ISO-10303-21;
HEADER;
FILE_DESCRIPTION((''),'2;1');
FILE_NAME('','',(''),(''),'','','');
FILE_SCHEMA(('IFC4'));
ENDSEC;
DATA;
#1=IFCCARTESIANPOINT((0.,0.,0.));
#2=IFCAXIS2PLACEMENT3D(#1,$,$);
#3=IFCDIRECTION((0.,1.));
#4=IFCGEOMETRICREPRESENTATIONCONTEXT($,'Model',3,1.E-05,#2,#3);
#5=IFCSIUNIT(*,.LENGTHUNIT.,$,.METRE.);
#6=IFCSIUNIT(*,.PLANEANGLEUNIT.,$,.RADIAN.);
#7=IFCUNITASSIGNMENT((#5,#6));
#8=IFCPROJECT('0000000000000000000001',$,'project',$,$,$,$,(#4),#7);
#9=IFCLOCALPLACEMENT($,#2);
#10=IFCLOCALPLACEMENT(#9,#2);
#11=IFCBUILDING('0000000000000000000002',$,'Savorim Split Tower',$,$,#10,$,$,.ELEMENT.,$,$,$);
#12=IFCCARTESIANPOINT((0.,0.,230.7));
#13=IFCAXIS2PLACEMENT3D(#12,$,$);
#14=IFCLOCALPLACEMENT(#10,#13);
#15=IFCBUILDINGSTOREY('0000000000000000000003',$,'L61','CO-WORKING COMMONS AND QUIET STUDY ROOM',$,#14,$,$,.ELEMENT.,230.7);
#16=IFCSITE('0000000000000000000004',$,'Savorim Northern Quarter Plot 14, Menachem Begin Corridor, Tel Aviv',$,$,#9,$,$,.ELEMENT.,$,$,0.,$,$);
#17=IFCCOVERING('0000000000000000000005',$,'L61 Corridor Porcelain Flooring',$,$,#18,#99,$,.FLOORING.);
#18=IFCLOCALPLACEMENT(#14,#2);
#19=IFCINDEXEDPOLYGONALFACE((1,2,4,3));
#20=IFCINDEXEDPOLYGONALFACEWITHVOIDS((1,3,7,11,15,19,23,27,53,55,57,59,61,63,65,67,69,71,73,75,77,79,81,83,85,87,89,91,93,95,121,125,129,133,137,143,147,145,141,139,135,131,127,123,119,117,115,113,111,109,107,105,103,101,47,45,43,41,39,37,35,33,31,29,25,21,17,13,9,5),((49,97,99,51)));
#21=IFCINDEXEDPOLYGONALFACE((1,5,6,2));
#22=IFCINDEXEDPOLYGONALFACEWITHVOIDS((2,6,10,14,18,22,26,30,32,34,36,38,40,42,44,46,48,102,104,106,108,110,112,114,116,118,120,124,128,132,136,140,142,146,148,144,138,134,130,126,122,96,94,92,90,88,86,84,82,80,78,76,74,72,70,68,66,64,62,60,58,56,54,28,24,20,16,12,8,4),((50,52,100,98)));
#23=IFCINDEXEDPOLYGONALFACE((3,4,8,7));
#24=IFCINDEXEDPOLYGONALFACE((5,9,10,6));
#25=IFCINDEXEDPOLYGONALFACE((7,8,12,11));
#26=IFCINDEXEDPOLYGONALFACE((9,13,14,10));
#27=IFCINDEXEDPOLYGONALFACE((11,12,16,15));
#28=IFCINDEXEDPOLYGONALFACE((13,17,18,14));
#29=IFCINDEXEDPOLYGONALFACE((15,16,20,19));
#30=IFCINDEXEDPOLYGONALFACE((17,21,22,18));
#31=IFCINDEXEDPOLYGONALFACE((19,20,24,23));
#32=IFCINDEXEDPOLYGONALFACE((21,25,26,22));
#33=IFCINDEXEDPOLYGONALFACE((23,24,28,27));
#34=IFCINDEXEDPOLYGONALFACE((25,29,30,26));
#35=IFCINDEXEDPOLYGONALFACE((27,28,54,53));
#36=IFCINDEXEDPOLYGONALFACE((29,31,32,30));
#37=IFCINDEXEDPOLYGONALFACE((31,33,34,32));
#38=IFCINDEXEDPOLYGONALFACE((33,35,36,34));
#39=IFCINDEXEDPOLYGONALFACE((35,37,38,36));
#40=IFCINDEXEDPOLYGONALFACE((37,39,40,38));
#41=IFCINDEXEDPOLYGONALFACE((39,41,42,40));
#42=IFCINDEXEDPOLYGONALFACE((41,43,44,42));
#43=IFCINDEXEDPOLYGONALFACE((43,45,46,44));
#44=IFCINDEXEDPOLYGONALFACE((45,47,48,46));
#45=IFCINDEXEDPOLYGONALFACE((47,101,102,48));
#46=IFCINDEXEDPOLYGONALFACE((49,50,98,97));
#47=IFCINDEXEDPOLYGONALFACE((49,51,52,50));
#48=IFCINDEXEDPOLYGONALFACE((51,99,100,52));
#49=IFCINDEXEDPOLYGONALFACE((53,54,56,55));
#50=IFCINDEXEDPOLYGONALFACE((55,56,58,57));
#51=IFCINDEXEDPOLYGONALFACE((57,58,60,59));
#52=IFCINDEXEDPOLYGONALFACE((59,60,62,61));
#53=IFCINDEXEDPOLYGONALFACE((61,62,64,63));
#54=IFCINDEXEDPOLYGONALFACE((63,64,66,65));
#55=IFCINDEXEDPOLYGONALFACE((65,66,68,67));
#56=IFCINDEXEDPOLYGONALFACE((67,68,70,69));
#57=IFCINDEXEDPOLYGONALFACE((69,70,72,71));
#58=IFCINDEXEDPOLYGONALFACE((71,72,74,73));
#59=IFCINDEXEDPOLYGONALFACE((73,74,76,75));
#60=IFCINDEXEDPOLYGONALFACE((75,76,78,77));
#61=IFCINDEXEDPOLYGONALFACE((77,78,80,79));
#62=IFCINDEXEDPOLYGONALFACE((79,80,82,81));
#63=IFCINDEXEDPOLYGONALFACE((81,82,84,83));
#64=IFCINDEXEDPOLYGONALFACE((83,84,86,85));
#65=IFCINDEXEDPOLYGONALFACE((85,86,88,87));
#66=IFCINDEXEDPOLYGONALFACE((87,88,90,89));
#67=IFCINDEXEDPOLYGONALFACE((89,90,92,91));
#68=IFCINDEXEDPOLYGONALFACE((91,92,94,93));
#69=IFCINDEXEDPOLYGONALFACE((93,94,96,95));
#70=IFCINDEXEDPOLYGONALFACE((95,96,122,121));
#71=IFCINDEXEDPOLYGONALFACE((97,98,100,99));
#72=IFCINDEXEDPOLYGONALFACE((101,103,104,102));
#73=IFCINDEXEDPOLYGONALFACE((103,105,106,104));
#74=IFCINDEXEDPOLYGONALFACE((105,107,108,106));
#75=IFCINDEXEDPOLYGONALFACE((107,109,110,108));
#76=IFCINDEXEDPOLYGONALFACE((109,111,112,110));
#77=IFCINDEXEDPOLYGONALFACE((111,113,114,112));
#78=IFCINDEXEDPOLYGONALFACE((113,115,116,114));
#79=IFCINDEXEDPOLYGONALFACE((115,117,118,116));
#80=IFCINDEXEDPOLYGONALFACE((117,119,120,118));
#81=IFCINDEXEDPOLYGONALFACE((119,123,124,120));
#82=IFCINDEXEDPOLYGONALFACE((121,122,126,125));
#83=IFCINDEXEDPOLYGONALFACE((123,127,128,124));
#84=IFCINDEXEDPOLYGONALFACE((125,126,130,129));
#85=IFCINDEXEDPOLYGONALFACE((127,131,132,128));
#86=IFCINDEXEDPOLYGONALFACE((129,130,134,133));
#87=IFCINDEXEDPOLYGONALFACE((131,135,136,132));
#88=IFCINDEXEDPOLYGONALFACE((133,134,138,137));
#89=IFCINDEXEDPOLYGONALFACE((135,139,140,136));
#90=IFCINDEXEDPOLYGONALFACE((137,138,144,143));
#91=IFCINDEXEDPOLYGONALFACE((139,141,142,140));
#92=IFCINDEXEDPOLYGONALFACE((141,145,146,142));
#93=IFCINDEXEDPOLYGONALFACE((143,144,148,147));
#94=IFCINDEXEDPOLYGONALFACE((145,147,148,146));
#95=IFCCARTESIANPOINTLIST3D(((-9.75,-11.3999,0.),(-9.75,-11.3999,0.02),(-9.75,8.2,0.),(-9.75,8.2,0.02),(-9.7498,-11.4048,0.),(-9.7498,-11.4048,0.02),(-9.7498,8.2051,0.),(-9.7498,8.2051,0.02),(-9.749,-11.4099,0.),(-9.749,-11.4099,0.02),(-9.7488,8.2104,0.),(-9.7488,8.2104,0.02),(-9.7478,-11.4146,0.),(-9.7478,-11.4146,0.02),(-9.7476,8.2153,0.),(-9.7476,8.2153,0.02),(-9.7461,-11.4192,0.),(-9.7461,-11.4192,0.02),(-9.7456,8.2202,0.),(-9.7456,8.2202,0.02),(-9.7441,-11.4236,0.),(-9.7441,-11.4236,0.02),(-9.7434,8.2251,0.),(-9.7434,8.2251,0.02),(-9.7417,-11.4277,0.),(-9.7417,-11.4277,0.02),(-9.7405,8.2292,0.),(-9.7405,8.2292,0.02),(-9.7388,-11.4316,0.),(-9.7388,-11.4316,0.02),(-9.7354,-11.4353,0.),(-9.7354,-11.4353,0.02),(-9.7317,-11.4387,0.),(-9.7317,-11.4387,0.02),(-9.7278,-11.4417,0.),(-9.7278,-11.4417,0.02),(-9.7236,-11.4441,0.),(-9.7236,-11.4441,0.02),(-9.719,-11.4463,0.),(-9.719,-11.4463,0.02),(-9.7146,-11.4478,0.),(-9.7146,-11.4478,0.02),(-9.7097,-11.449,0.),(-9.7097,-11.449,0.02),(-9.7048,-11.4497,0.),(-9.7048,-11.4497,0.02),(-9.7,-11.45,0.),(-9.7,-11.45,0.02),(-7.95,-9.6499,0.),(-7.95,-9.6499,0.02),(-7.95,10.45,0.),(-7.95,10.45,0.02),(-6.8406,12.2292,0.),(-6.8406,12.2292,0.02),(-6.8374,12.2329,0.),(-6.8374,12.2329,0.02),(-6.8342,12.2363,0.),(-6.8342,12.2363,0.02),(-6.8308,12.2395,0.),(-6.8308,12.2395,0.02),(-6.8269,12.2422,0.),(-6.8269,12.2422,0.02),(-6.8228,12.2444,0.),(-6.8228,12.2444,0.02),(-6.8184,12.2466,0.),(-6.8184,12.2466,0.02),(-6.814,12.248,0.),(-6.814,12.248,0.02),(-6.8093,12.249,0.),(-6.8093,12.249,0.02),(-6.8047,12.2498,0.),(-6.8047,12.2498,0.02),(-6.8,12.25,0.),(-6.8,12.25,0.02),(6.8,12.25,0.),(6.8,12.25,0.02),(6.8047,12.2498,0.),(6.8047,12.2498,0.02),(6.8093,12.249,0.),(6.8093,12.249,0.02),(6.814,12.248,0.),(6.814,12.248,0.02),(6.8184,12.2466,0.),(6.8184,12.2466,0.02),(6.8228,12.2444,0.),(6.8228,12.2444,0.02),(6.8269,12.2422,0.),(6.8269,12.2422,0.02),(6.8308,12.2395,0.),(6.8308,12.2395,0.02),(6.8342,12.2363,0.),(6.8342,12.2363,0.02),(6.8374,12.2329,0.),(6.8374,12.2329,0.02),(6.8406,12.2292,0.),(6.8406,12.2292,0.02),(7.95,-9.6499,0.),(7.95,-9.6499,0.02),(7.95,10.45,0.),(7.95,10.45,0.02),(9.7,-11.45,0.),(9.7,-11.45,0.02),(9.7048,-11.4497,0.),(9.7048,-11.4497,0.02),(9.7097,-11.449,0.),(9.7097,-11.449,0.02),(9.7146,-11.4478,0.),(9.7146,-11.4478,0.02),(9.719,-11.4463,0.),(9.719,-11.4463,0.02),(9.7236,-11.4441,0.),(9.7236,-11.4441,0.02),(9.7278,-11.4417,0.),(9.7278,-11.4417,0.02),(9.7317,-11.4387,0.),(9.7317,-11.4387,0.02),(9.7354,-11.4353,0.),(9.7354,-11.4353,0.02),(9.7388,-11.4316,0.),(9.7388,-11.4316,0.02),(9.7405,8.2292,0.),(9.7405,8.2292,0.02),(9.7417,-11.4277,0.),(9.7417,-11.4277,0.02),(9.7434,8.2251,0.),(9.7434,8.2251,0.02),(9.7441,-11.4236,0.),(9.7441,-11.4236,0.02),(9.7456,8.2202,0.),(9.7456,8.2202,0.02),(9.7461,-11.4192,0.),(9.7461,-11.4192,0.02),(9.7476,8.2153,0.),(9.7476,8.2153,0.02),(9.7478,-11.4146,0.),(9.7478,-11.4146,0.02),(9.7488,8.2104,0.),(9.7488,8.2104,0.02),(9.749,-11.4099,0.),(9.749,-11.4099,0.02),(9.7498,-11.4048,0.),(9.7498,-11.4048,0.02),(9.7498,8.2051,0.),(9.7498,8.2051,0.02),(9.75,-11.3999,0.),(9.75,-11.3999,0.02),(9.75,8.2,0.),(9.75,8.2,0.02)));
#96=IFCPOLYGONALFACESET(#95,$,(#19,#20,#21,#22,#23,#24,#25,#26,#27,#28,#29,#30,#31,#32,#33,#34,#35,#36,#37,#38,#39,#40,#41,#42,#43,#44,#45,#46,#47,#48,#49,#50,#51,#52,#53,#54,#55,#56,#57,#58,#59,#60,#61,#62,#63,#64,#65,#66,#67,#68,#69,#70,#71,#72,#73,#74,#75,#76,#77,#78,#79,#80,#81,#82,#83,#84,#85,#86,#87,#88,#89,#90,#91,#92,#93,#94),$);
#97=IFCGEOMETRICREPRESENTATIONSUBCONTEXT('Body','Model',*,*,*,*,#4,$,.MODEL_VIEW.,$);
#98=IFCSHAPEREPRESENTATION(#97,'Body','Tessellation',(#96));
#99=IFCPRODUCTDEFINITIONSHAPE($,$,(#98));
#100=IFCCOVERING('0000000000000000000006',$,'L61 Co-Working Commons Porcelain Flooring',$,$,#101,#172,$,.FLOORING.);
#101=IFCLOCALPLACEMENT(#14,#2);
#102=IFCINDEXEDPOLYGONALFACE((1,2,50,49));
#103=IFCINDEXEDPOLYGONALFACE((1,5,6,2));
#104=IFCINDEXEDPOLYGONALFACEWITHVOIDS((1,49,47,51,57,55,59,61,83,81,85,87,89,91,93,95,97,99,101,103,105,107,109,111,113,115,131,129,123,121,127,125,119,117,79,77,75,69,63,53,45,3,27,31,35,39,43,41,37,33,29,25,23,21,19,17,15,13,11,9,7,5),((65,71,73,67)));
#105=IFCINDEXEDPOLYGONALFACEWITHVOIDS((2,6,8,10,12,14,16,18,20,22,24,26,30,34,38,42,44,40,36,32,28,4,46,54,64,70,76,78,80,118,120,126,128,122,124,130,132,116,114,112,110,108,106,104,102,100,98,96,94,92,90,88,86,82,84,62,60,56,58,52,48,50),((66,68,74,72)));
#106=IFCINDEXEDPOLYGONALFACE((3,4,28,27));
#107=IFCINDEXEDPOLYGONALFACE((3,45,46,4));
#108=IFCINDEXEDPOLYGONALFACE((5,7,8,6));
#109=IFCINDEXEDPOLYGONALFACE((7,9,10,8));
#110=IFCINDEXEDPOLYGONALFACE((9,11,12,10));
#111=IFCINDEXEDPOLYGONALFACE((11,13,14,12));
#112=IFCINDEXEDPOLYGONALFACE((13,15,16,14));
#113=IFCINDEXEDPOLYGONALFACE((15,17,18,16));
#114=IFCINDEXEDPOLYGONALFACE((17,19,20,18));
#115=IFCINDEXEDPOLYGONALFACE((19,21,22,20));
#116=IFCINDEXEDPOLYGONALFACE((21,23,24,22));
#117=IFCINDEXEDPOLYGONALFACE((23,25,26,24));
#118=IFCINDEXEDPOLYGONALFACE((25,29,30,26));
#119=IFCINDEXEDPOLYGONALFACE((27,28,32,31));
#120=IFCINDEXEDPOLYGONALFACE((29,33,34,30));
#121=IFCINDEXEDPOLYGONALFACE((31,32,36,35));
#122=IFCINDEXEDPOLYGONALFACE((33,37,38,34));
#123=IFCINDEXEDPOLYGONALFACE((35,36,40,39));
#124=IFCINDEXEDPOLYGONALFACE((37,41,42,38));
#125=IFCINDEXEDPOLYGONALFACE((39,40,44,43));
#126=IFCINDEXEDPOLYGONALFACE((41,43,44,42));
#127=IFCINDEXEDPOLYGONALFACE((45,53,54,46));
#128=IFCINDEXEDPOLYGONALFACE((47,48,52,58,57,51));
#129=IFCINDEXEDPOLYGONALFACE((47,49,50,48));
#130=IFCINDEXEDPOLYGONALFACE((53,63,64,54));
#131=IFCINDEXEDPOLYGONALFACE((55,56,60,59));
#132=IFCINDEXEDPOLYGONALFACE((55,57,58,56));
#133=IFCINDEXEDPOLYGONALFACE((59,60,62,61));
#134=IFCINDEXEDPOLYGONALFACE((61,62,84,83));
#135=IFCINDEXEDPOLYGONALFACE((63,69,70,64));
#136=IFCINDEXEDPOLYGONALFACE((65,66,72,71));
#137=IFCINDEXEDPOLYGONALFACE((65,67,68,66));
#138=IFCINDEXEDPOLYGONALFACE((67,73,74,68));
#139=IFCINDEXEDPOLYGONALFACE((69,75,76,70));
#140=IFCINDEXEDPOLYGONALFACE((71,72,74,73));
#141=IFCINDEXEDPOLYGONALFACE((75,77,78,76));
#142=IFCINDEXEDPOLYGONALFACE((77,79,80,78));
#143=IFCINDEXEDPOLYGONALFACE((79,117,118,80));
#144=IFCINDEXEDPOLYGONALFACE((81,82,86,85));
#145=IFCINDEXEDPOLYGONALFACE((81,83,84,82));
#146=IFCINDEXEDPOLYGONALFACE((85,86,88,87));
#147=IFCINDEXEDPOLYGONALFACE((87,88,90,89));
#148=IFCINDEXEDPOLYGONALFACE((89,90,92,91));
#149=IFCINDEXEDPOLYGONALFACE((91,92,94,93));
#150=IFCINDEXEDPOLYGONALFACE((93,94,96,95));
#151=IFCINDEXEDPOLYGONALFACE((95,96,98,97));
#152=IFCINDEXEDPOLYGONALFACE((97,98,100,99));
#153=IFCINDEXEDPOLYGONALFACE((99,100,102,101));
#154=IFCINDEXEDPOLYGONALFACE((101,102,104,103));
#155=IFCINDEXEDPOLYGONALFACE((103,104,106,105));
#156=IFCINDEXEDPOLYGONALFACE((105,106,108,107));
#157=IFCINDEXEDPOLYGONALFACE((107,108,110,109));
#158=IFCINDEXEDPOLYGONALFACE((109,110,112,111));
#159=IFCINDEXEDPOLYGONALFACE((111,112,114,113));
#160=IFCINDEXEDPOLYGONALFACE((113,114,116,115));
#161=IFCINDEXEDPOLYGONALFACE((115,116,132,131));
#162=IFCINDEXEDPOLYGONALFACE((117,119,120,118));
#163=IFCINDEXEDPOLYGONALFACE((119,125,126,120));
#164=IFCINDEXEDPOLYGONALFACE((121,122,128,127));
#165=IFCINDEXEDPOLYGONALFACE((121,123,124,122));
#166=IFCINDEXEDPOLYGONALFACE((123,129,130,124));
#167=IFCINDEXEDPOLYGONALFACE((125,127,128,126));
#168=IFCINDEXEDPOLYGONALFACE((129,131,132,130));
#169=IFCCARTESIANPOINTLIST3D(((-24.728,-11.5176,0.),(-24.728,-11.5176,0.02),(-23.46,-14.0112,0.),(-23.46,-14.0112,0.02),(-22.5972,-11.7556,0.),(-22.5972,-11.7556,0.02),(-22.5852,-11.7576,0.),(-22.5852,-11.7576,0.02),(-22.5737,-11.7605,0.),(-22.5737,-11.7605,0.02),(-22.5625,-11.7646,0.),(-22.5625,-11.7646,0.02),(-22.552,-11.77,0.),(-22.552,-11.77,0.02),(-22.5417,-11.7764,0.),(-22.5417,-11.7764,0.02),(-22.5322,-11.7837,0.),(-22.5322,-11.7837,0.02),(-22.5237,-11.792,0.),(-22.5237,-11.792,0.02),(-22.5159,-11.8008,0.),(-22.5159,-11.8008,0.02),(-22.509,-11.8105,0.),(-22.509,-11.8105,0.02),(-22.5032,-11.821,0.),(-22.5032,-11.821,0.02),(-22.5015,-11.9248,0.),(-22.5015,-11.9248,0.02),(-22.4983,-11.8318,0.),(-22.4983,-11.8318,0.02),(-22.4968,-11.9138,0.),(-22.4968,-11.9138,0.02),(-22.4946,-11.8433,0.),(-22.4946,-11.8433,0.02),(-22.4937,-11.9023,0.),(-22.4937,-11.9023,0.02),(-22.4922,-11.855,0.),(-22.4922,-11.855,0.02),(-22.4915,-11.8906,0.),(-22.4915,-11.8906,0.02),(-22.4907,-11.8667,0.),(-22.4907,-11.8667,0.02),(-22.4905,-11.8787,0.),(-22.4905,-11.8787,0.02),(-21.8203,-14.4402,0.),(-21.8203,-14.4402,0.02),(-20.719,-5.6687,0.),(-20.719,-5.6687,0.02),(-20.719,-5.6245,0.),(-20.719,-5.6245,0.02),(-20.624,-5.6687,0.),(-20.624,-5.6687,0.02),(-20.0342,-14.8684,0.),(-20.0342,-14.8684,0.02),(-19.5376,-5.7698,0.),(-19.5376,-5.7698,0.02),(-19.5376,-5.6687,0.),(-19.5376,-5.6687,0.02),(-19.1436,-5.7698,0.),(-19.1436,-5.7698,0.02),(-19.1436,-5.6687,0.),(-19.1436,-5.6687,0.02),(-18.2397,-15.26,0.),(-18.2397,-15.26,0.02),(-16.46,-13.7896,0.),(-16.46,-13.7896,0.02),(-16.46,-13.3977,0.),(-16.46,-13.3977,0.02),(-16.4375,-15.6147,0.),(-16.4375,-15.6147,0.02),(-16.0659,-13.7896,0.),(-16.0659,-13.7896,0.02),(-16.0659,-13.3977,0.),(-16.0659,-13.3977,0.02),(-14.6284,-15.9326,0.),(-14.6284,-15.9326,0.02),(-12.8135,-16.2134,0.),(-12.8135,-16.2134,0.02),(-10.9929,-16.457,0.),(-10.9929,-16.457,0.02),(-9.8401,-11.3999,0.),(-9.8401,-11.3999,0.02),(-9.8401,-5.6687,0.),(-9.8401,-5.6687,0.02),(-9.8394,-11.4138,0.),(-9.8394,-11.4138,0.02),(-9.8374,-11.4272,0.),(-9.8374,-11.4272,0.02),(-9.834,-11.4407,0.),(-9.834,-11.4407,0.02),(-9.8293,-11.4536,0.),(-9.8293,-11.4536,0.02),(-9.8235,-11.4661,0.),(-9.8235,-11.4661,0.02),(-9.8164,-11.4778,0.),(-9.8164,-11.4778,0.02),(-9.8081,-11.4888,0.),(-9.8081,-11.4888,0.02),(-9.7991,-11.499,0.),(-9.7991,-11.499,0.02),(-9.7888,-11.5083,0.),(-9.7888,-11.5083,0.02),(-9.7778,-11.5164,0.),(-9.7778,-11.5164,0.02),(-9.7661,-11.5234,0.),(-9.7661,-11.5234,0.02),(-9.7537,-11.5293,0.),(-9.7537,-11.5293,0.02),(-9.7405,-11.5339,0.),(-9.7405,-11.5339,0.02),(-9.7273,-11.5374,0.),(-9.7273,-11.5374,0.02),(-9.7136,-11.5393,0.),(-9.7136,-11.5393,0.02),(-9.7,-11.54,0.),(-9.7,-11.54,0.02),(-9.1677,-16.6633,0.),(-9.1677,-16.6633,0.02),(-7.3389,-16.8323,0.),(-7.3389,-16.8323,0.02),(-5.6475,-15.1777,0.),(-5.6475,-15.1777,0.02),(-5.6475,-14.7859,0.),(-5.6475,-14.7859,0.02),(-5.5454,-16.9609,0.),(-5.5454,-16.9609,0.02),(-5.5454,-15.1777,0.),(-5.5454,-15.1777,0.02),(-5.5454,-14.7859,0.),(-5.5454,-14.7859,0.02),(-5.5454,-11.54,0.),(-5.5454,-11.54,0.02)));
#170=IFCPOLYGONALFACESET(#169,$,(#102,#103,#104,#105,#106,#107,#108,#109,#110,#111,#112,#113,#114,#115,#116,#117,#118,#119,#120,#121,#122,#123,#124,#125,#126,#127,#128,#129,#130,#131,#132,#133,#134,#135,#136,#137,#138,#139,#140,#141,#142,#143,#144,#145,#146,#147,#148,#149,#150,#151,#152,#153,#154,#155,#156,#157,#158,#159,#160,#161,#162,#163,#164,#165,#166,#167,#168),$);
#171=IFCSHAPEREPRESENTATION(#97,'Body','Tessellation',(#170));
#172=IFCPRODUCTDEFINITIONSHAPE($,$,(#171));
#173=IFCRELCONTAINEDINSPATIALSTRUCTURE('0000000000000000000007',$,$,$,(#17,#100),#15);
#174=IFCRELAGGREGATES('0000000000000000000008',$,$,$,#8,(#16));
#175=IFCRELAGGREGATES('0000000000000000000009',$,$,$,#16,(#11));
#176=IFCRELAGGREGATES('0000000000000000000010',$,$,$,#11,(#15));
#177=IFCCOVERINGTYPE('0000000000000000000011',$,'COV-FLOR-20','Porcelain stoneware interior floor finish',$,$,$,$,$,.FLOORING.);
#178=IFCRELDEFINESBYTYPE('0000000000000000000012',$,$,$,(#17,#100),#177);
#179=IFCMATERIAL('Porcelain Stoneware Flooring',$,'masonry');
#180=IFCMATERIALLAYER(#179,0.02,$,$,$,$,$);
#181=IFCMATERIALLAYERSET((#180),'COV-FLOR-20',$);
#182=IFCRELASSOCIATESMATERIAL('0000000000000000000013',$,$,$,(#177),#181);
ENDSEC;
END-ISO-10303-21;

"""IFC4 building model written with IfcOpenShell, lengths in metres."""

from ifc_helpers import new_model, si_unit, direction, frame, origin, place, context, subcontext, project, spatial, polyline, outline, extrude, material, layer, layer_set, type_object, element, save


model = new_model("IFC4")

# Units and contexts
model_context = context("Model", 3, precision=1e-05, world=origin(), true_north=direction((0.0, 1.0)))
body_context = subcontext(model_context, "Body", "Model", "MODEL_VIEW")
ifc_project = project(units=[si_unit("LENGTHUNIT", "METRE"), si_unit("PLANEANGLEUNIT", "RADIAN")], contexts=[model_context])

# Site, building, storey
site_placement = place(None, origin())
site = spatial("IfcSite", under=ifc_project, at=site_placement, Name="Savorim Northern Quarter Plot 14, Menachem Begin Corridor, Tel Aviv", CompositionType="ELEMENT", RefElevation=0.0)
building_placement = place(site_placement, origin())
building = spatial("IfcBuilding", under=site, at=building_placement, Name="Savorim Split Tower", CompositionType="ELEMENT")
storey_placement = place(building_placement, frame((0.0, 0.0, 230.7)))
storey = spatial("IfcBuildingStorey", under=building, at=storey_placement, Name="L61", Description="CO-WORKING COMMONS AND QUIET STUDY ROOM", CompositionType="ELEMENT", Elevation=230.7)

# Coverings
ifc_material_1 = material(Name="Porcelain Stoneware Flooring", Category="masonry")
ifc_layer_1 = layer(ifc_material_1, 0.02)
ifc_layer_set_1 = layer_set([ifc_layer_1], Name="COV-FLOR-20")
covering_type_1 = type_object("IfcCoveringType", Name="COV-FLOR-20", Description="Porcelain stoneware interior floor finish", PredefinedType="FLOORING", material=ifc_layer_set_1)
covering_1_placement = place(storey_placement, origin())
element("IfcCovering", 1, at=covering_1_placement, inside=storey, type_object=covering_type_1, Name="L61 Corridor Porcelain Flooring", PredefinedType="FLOORING", context=body_context, shape_type="SweptSolid", body=[
    extrude(outline(polyline([(6.8093, 12.249), (6.8047, 12.2498), (6.8, 12.25), (-6.8, 12.25), (-6.8047, 12.2498), (-6.8093, 12.249), (-6.814, 12.248), (-6.8184, 12.2466), (-6.8228, 12.2444), (-6.8269, 12.2422), (-6.8308, 12.2395), (-6.8342, 12.2363), (-6.8374, 12.2329), (-6.8406, 12.2292), (-9.7405, 8.2292), (-9.7434, 8.2251), (-9.7456, 8.2202), (-9.7476, 8.2153), (-9.7488, 8.2104), (-9.7498, 8.2051), (-9.75, 8.2), (-9.75, -11.3999), (-9.7498, -11.4048), (-9.749, -11.4099), (-9.7478, -11.4146), (-9.7461, -11.4192), (-9.7441, -11.4236), (-9.7417, -11.4277), (-9.7388, -11.4316), (-9.7354, -11.4353), (-9.7317, -11.4387), (-9.7278, -11.4417), (-9.7236, -11.4441), (-9.719, -11.4463), (-9.7146, -11.4478), (-9.7097, -11.449), (-9.7048, -11.4497), (-9.7, -11.45), (9.7, -11.45), (9.7048, -11.4497), (9.7097, -11.449), (9.7146, -11.4478), (9.719, -11.4463), (9.7236, -11.4441), (9.7278, -11.4417), (9.7317, -11.4387), (9.7354, -11.4353), (9.7388, -11.4316), (9.7417, -11.4277), (9.7441, -11.4236), (9.7461, -11.4192), (9.7478, -11.4146), (9.749, -11.4099), (9.7498, -11.4048), (9.75, -11.3999), (9.75, 8.2), (9.7498, 8.2051), (9.7488, 8.2104), (9.7476, 8.2153), (9.7456, 8.2202), (9.7434, 8.2251), (9.7405, 8.2292), (6.8406, 12.2292), (6.8374, 12.2329), (6.8342, 12.2363), (6.8308, 12.2395), (6.8269, 12.2422), (6.8228, 12.2444), (6.8184, 12.2466), (6.814, 12.248), (6.8093, 12.249)]), holes=[polyline([(-7.95, 10.45), (-7.95, -9.6499), (7.95, -9.6499), (7.95, 10.45), (-7.95, 10.45)])]), origin(), (0.0, 0.0, 1.0), 0.02),
])
covering_2_placement = place(storey_placement, origin())
element("IfcCovering", 2, at=covering_2_placement, inside=storey, type_object=covering_type_1, Name="L61 Co-Working Commons Porcelain Flooring", PredefinedType="FLOORING", context=body_context, shape_type="SweptSolid", body=[
    extrude(outline(polyline([(-22.4907, -11.8667), (-22.4905, -11.8787), (-22.4915, -11.8906), (-22.4937, -11.9023), (-22.4968, -11.9138), (-22.5015, -11.9248), (-23.46, -14.0112), (-21.8203, -14.4402), (-20.0342, -14.8684), (-18.2397, -15.26), (-16.4375, -15.6147), (-14.6284, -15.9326), (-12.8135, -16.2134), (-10.9929, -16.457), (-9.1677, -16.6633), (-7.3389, -16.8323), (-5.5454, -16.9609), (-5.5454, -15.1777), (-5.6475, -15.1777), (-5.6475, -14.7859), (-5.5454, -14.7859), (-5.5454, -11.54), (-9.7, -11.54), (-9.7136, -11.5393), (-9.7273, -11.5374), (-9.7405, -11.5339), (-9.7537, -11.5293), (-9.7661, -11.5234), (-9.7778, -11.5164), (-9.7888, -11.5083), (-9.7991, -11.499), (-9.8081, -11.4888), (-9.8164, -11.4778), (-9.8235, -11.4661), (-9.8293, -11.4536), (-9.834, -11.4407), (-9.8374, -11.4272), (-9.8394, -11.4138), (-9.8401, -11.3999), (-9.8401, -5.6687), (-19.1436, -5.6687), (-19.1436, -5.7698), (-19.5376, -5.7698), (-19.5376, -5.6687), (-20.624, -5.6687), (-20.719, -5.6687), (-20.719, -5.6245), (-24.728, -11.5176), (-22.5972, -11.7556), (-22.5852, -11.7576), (-22.5737, -11.7605), (-22.5625, -11.7646), (-22.552, -11.77), (-22.5417, -11.7764), (-22.5322, -11.7837), (-22.5237, -11.792), (-22.5159, -11.8008), (-22.509, -11.8105), (-22.5032, -11.821), (-22.4983, -11.8318), (-22.4946, -11.8433), (-22.4922, -11.855), (-22.4907, -11.8667)]), holes=[polyline([(-16.46, -13.7896), (-16.0659, -13.7896), (-16.0659, -13.3977), (-16.46, -13.3977), (-16.46, -13.7896)])]), origin(), (0.0, 0.0, 1.0), 0.02),
])

save(model, "model.ifc")
